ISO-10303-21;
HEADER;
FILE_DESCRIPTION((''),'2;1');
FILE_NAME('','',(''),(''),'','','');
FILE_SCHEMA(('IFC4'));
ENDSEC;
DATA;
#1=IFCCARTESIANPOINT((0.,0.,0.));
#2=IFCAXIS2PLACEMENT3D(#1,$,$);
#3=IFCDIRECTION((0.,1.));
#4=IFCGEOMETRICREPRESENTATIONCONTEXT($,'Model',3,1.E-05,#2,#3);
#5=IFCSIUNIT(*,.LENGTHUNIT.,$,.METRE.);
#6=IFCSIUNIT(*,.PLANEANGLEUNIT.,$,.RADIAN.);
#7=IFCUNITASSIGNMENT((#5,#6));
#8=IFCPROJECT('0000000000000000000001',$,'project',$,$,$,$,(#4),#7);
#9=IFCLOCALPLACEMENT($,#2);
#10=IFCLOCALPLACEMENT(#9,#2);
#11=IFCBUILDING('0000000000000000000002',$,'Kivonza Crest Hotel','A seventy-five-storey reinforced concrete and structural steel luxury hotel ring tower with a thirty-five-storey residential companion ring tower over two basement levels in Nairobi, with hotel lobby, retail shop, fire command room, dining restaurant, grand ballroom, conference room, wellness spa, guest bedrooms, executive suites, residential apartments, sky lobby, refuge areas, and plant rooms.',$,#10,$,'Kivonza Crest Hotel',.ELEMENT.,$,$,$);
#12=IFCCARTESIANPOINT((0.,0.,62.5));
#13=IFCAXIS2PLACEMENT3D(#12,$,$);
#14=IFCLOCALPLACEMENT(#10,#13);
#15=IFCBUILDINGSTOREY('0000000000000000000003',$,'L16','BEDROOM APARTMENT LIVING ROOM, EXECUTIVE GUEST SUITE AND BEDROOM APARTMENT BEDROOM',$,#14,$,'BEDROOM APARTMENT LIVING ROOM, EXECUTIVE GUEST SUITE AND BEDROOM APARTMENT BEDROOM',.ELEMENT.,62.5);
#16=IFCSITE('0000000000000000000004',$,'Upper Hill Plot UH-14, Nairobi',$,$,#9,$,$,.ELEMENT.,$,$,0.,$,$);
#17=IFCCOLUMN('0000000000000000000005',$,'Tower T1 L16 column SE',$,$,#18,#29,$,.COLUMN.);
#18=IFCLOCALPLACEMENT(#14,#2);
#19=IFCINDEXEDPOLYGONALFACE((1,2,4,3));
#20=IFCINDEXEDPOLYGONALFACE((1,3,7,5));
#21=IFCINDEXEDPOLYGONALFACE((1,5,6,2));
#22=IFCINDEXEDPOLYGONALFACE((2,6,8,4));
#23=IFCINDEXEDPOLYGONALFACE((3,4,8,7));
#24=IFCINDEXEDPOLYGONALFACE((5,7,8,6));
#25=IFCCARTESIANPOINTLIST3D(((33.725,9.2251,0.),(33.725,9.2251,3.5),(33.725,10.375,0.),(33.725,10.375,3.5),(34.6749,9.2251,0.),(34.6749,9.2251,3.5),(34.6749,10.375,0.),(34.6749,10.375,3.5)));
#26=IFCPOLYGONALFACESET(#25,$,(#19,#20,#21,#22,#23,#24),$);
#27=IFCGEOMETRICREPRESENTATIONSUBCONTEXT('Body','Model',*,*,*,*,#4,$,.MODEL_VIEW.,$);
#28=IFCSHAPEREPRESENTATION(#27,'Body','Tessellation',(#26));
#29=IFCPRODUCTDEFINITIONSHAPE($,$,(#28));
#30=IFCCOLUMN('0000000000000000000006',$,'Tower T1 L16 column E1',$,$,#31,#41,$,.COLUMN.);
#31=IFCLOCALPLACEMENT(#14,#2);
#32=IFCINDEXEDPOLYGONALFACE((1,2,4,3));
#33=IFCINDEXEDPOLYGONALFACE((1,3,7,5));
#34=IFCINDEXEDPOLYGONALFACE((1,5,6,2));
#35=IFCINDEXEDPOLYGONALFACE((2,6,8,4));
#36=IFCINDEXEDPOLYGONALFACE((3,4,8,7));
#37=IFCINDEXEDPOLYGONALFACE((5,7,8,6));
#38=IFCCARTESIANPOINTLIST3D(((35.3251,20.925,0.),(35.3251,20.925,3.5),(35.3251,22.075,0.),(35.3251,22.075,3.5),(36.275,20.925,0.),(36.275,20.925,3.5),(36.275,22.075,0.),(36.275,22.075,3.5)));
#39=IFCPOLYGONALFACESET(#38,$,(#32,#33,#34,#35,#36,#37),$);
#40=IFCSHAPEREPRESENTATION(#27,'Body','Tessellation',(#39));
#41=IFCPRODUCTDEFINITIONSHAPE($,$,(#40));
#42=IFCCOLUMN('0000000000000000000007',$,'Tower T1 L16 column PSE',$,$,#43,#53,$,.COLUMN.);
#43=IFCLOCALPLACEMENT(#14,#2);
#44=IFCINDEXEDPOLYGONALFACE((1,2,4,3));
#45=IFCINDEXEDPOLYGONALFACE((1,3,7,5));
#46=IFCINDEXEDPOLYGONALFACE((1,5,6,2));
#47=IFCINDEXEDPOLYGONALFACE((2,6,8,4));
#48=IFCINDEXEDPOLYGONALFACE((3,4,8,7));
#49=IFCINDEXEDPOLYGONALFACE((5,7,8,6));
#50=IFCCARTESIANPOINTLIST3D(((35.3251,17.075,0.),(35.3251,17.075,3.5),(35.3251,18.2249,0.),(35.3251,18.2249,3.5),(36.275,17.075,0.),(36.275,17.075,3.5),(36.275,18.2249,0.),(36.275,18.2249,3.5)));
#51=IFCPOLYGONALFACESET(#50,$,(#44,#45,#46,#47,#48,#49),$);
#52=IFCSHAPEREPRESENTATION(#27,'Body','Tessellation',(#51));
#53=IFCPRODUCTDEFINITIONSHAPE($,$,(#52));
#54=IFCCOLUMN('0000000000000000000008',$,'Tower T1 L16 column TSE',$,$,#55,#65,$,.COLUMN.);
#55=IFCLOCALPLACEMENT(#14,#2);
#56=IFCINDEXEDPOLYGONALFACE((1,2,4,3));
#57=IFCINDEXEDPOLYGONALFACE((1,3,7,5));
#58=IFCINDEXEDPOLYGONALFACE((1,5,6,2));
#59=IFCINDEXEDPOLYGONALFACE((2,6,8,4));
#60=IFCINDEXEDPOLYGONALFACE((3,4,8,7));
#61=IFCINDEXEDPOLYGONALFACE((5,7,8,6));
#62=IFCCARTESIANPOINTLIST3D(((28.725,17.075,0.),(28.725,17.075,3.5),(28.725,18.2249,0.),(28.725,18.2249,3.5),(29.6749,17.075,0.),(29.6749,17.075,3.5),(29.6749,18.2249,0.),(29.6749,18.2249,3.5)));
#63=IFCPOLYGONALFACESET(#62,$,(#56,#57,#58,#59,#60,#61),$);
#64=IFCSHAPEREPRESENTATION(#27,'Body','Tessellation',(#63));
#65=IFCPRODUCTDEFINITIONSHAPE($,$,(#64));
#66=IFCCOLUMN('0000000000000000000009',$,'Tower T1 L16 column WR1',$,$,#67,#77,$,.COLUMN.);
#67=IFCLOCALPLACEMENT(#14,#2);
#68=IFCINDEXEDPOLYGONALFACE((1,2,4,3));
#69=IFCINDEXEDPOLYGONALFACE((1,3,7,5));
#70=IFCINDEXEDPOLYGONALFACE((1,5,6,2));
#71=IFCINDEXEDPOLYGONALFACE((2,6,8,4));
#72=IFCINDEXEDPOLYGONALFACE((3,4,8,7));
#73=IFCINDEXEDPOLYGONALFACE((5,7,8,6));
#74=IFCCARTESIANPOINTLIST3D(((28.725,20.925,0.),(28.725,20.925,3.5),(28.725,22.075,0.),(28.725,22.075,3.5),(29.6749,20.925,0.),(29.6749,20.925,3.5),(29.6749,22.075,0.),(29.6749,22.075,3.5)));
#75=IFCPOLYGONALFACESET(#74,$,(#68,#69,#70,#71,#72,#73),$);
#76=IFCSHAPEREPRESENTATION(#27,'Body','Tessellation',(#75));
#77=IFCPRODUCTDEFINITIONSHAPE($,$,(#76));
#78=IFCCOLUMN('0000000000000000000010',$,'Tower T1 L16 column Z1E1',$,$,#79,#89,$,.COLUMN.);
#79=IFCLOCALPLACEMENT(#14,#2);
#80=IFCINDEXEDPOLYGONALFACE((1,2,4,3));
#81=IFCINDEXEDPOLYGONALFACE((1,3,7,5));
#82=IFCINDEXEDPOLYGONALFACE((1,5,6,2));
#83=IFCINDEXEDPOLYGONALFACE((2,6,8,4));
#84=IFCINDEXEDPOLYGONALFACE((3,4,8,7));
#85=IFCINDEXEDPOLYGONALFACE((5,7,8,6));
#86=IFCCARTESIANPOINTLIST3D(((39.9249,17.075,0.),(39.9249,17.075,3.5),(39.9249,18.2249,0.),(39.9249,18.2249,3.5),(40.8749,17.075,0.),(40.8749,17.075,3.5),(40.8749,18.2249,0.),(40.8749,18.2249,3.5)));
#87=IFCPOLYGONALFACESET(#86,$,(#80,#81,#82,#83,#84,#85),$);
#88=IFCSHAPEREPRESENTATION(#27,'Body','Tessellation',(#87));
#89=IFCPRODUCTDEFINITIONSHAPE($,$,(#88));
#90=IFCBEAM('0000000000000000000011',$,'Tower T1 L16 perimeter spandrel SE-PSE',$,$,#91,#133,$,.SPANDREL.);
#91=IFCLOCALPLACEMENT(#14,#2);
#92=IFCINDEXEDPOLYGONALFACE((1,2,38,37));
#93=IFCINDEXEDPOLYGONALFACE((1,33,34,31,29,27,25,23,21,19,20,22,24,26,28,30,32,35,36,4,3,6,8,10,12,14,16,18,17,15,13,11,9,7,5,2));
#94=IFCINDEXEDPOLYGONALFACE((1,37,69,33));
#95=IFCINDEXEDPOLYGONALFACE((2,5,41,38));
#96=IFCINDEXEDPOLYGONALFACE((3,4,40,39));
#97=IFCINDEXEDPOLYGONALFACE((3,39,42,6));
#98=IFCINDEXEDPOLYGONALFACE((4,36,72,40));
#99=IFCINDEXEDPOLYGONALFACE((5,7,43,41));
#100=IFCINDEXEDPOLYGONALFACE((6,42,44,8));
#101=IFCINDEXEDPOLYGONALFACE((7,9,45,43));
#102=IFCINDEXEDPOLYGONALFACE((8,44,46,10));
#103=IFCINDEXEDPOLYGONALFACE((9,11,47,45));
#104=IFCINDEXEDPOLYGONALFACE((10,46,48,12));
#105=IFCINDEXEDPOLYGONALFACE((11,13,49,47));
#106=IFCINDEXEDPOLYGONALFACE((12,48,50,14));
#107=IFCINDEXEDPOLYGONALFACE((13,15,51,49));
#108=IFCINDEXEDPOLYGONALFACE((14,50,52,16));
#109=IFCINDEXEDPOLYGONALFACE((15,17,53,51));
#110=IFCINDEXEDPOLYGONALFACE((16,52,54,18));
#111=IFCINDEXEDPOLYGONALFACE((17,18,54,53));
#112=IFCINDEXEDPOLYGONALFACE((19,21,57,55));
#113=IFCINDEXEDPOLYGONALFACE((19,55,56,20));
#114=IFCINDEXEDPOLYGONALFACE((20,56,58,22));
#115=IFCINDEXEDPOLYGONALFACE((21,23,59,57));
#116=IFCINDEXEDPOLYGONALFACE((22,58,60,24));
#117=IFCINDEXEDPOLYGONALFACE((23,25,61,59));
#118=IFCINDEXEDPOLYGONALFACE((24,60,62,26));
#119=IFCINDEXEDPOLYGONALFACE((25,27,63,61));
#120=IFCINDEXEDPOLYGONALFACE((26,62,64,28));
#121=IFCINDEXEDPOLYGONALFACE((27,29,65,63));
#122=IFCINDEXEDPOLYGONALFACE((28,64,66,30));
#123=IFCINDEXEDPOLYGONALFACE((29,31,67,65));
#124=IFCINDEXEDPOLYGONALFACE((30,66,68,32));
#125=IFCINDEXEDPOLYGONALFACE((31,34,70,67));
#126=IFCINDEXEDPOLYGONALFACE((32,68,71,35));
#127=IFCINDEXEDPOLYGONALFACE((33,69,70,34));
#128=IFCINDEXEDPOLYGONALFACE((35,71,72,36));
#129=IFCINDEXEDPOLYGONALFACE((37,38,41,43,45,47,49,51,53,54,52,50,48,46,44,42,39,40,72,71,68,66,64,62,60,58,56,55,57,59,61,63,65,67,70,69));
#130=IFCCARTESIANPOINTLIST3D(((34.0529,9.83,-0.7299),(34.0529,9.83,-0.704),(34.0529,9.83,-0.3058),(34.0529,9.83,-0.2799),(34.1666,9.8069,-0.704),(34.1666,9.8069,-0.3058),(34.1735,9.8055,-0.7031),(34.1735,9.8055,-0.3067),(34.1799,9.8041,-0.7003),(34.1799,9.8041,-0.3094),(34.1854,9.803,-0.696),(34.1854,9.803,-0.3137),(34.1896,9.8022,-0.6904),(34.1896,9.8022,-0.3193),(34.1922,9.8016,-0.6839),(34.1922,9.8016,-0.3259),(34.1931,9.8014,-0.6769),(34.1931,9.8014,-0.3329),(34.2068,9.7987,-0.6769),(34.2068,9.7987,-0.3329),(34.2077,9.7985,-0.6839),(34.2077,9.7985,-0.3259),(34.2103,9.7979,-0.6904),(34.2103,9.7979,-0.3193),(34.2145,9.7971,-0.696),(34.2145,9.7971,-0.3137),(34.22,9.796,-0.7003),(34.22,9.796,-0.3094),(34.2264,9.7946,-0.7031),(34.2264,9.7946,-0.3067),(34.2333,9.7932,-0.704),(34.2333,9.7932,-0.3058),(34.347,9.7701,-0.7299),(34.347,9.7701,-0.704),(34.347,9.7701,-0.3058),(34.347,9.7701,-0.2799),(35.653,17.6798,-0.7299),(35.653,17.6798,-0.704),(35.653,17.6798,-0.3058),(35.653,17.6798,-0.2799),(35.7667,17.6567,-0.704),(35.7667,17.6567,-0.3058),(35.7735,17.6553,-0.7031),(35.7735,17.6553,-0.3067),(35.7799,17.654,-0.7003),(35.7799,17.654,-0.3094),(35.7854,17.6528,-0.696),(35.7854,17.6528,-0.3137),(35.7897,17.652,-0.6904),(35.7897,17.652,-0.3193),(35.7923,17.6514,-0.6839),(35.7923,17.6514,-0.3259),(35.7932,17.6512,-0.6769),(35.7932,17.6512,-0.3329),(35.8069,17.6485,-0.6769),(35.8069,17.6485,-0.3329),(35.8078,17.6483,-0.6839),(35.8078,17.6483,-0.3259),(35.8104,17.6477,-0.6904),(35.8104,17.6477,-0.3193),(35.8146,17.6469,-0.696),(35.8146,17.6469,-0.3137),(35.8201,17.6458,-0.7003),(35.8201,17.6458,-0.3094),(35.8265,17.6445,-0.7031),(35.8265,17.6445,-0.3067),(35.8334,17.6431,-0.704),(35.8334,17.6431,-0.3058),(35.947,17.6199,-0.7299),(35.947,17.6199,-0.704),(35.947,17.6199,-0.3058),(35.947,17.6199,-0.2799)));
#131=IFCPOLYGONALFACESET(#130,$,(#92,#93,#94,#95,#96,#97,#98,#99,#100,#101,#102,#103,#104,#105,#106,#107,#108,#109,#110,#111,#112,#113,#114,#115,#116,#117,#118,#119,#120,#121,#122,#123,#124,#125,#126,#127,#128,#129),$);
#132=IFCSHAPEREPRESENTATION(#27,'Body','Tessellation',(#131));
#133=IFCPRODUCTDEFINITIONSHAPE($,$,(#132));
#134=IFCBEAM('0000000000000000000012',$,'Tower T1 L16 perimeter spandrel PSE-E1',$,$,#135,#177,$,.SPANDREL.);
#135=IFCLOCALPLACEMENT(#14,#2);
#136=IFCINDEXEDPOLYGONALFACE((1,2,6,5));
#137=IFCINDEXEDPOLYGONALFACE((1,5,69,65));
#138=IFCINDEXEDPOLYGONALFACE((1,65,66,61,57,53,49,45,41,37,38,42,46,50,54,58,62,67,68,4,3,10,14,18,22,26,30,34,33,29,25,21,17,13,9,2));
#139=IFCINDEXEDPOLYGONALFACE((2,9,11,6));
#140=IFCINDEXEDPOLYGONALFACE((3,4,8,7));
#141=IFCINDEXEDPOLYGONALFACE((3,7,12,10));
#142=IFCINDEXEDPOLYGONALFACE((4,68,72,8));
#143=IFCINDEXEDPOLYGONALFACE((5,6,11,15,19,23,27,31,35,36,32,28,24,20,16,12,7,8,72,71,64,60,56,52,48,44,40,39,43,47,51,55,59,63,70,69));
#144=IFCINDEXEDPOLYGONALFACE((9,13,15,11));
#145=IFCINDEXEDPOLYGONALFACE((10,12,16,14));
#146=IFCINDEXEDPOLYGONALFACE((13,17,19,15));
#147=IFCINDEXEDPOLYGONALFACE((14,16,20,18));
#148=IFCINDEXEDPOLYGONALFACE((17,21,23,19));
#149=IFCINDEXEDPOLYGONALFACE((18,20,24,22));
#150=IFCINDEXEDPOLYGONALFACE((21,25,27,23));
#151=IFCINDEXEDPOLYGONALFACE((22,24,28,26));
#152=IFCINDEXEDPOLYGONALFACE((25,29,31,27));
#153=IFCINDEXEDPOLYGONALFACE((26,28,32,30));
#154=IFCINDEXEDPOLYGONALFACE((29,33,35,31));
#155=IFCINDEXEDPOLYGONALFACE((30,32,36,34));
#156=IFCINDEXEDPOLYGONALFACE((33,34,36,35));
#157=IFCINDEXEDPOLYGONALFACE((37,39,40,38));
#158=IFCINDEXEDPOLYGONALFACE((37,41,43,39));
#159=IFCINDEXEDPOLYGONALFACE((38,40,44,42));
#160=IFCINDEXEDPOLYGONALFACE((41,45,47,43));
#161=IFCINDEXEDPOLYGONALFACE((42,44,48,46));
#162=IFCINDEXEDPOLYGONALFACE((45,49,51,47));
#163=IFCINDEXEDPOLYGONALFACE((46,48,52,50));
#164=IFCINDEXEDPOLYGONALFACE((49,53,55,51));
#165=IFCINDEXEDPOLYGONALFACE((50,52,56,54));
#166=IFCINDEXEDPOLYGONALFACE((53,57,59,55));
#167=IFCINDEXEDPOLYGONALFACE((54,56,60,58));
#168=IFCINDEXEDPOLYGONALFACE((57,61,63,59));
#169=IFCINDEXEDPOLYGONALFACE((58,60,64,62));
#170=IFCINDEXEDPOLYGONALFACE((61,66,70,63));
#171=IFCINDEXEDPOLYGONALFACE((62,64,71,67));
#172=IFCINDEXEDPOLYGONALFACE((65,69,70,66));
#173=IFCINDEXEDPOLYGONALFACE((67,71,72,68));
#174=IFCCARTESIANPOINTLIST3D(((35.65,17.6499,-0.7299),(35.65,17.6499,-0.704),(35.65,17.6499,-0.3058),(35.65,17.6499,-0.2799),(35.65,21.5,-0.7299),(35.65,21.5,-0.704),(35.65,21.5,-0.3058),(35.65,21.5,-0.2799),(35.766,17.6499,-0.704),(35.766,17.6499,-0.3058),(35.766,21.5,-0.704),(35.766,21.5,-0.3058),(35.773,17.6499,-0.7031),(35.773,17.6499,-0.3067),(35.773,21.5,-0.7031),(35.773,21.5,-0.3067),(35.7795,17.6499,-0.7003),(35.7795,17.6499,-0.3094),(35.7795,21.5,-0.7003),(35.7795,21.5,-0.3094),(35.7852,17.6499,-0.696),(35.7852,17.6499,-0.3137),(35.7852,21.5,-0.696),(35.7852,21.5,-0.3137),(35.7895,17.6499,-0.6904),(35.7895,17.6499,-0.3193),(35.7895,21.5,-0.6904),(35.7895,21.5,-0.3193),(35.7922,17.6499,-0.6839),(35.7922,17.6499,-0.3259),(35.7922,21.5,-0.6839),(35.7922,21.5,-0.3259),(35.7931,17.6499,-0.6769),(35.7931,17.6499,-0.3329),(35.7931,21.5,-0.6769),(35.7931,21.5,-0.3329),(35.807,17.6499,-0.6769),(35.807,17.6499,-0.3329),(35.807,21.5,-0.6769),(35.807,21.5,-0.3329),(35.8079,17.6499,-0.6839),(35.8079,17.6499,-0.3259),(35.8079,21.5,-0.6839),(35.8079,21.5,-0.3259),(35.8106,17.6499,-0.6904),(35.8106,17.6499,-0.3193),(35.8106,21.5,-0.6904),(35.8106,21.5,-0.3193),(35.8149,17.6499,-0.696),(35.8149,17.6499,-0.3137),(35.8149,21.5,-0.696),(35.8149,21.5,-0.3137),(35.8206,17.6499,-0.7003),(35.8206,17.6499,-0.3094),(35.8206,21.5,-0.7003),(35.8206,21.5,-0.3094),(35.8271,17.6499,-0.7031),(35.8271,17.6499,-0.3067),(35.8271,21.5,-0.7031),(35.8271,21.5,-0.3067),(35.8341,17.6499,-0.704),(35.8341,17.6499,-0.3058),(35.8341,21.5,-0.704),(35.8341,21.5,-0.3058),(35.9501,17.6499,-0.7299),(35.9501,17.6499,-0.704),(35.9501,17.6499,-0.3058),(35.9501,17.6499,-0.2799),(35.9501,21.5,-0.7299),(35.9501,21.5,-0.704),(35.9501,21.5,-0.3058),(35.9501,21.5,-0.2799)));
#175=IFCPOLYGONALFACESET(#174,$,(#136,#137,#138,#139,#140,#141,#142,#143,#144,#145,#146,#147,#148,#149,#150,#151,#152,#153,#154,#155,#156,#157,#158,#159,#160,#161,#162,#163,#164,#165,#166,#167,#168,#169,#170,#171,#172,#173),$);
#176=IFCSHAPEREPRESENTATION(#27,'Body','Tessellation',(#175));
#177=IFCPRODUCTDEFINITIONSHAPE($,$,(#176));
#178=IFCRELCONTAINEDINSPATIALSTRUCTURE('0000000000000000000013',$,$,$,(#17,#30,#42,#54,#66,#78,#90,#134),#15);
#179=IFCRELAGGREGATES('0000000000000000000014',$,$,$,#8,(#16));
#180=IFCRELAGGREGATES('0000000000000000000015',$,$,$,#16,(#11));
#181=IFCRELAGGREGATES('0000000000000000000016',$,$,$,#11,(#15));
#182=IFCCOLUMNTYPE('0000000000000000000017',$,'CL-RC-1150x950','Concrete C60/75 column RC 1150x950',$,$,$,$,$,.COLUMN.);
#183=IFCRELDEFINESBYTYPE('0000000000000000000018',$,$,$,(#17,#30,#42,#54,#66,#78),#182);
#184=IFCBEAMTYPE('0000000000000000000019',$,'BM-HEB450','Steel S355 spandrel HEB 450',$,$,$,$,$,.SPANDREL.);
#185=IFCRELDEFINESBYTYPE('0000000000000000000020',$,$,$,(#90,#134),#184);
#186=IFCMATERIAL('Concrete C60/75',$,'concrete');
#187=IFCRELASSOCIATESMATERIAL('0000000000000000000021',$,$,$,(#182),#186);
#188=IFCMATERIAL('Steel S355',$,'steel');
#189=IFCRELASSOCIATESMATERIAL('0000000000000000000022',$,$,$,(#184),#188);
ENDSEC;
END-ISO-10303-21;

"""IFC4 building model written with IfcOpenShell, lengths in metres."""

from ifc_helpers import new_model, si_unit, direction, frame, origin, origin_2d, place, context, subcontext, project, spatial, rectangle, i_section, extrude, material, material_profile, profile_set, type_object, element, save


model = new_model("IFC4")

# Units and contexts
model_context = context("Model", 3, precision=1e-05, world=origin(), true_north=direction((0.0, 1.0)))
body_context = subcontext(model_context, "Body", "Model", "MODEL_VIEW")
ifc_project = project(units=[si_unit("LENGTHUNIT", "METRE"), si_unit("PLANEANGLEUNIT", "RADIAN")], contexts=[model_context])

# Site, building, storey
site_placement = place(None, origin())
site = spatial("IfcSite", under=ifc_project, at=site_placement, Name="Upper Hill Plot UH-14, Nairobi", CompositionType="ELEMENT", RefElevation=0.0)
building_placement = place(site_placement, origin())
building = spatial("IfcBuilding", under=site, at=building_placement, Name="Kivonza Crest Hotel", Description="A seventy-five-storey reinforced concrete and structural steel luxury hotel ring tower with a thirty-five-storey residential companion ring tower over two basement levels in Nairobi, with hotel lobby, retail shop, fire command room, dining restaurant, grand ballroom, conference room, wellness spa, guest bedrooms, executive suites, residential apartments, sky lobby, refuge areas, and plant rooms.", LongName="Kivonza Crest Hotel", CompositionType="ELEMENT")
storey_placement = place(building_placement, frame((0.0, 0.0, 62.5)))
storey = spatial("IfcBuildingStorey", under=building, at=storey_placement, Name="L16", Description="BEDROOM APARTMENT LIVING ROOM, EXECUTIVE GUEST SUITE AND BEDROOM APARTMENT BEDROOM", LongName="BEDROOM APARTMENT LIVING ROOM, EXECUTIVE GUEST SUITE AND BEDROOM APARTMENT BEDROOM", CompositionType="ELEMENT", Elevation=62.5)

# Columns
ifc_material_1 = material(Name="Concrete C60/75", Category="concrete")
ifc_material_profile_1 = material_profile(ifc_material_1, rectangle(XDim=0.95, YDim=1.1499, at=origin_2d()), Name="RC 1150x950")
ifc_profile_set_1 = profile_set([ifc_material_profile_1], Name="Concrete C60/75")
column_type = type_object("IfcColumnType", Name="CL-RC-1150x950", Description="Concrete C60/75 column RC 1150x950", PredefinedType="COLUMN", material=ifc_profile_set_1)
for number, where, z_axis, x_axis, name in (
    (1, (34.2, 9.8, 0.0), (0.0, 0.0, 1.0), (1.0, 0.0, 0.0), "Tower T1 L16 column SE"),
    (2, (35.8, 21.5, 0.0), (0.0, 0.0, 1.0), (1.0, 0.0, 0.0), "Tower T1 L16 column E1"),
    (3, (35.8, 17.6499, 0.0), (0.0, 0.0, 1.0), (1.0, 0.0, 0.0), "Tower T1 L16 column PSE"),
    (4, (29.2, 17.6499, 0.0), (0.0, 0.0, 1.0), (1.0, 0.0, 0.0), "Tower T1 L16 column TSE"),
    (5, (29.2, 21.5, 0.0), (0.0, 0.0, 1.0), (1.0, 0.0, 0.0), "Tower T1 L16 column WR1"),
    (6, (40.3999, 17.6499, 0.0), (0.0, 0.0, 1.0), (1.0, 0.0, 0.0), "Tower T1 L16 column Z1E1"),
):
    element("IfcColumn", number, at=place(storey_placement, frame(where, z_axis=z_axis, x_axis=x_axis)), inside=storey, type_object=column_type, Name=name, PredefinedType="COLUMN", context=body_context, shape_type="SweptSolid", body=[
        extrude(rectangle(XDim=0.95, YDim=1.1499, at=origin_2d()), origin(), (0.0, 0.0, 1.0), 3.5),
    ])

# Beams
ifc_material_2 = material(Name="Steel S355", Category="steel")
ifc_material_profile_2 = material_profile(ifc_material_2, i_section(OverallWidth=0.3, OverallDepth=0.45, WebThickness=0.0139, FlangeThickness=0.0259, FilletRadius=0.0271, at=origin_2d()), Name="HEB 450")
ifc_profile_set_2 = profile_set([ifc_material_profile_2], Name="Steel S355")
beam_type_1 = type_object("IfcBeamType", Name="BM-HEB450", Description="Steel S355 spandrel HEB 450", PredefinedType="SPANDREL", material=ifc_profile_set_2)
beam_1_placement = place(storey_placement, frame((34.2, 9.8, -0.5049), z_axis=(0.199731, 0.979851, 0.0), x_axis=(-0.979851, 0.199731, 0.0)))
element("IfcBeam", 7, at=beam_1_placement, inside=storey, type_object=beam_type_1, Name="Tower T1 L16 perimeter spandrel SE-PSE", PredefinedType="SPANDREL", context=body_context, shape_type="SweptSolid", body=[
    extrude(i_section(OverallWidth=0.3, OverallDepth=0.45, WebThickness=0.0139, FlangeThickness=0.0259, FilletRadius=0.0271, at=origin_2d()), origin(), (0.0, 0.0, 1.0), 8.0112),
])
beam_2_placement = place(storey_placement, frame((35.8, 17.6499, -0.5049), z_axis=(0.0, 1.0, 0.0), x_axis=(-1.0, 0.0, 0.0)))
element("IfcBeam", 8, at=beam_2_placement, inside=storey, type_object=beam_type_1, Name="Tower T1 L16 perimeter spandrel PSE-E1", PredefinedType="SPANDREL", context=body_context, shape_type="SweptSolid", body=[
    extrude(i_section(OverallWidth=0.3, OverallDepth=0.45, WebThickness=0.0139, FlangeThickness=0.0259, FilletRadius=0.0271, at=origin_2d()), origin(), (0.0, 0.0, 1.0), 3.8501),
])

save(model, "model.ifc")
